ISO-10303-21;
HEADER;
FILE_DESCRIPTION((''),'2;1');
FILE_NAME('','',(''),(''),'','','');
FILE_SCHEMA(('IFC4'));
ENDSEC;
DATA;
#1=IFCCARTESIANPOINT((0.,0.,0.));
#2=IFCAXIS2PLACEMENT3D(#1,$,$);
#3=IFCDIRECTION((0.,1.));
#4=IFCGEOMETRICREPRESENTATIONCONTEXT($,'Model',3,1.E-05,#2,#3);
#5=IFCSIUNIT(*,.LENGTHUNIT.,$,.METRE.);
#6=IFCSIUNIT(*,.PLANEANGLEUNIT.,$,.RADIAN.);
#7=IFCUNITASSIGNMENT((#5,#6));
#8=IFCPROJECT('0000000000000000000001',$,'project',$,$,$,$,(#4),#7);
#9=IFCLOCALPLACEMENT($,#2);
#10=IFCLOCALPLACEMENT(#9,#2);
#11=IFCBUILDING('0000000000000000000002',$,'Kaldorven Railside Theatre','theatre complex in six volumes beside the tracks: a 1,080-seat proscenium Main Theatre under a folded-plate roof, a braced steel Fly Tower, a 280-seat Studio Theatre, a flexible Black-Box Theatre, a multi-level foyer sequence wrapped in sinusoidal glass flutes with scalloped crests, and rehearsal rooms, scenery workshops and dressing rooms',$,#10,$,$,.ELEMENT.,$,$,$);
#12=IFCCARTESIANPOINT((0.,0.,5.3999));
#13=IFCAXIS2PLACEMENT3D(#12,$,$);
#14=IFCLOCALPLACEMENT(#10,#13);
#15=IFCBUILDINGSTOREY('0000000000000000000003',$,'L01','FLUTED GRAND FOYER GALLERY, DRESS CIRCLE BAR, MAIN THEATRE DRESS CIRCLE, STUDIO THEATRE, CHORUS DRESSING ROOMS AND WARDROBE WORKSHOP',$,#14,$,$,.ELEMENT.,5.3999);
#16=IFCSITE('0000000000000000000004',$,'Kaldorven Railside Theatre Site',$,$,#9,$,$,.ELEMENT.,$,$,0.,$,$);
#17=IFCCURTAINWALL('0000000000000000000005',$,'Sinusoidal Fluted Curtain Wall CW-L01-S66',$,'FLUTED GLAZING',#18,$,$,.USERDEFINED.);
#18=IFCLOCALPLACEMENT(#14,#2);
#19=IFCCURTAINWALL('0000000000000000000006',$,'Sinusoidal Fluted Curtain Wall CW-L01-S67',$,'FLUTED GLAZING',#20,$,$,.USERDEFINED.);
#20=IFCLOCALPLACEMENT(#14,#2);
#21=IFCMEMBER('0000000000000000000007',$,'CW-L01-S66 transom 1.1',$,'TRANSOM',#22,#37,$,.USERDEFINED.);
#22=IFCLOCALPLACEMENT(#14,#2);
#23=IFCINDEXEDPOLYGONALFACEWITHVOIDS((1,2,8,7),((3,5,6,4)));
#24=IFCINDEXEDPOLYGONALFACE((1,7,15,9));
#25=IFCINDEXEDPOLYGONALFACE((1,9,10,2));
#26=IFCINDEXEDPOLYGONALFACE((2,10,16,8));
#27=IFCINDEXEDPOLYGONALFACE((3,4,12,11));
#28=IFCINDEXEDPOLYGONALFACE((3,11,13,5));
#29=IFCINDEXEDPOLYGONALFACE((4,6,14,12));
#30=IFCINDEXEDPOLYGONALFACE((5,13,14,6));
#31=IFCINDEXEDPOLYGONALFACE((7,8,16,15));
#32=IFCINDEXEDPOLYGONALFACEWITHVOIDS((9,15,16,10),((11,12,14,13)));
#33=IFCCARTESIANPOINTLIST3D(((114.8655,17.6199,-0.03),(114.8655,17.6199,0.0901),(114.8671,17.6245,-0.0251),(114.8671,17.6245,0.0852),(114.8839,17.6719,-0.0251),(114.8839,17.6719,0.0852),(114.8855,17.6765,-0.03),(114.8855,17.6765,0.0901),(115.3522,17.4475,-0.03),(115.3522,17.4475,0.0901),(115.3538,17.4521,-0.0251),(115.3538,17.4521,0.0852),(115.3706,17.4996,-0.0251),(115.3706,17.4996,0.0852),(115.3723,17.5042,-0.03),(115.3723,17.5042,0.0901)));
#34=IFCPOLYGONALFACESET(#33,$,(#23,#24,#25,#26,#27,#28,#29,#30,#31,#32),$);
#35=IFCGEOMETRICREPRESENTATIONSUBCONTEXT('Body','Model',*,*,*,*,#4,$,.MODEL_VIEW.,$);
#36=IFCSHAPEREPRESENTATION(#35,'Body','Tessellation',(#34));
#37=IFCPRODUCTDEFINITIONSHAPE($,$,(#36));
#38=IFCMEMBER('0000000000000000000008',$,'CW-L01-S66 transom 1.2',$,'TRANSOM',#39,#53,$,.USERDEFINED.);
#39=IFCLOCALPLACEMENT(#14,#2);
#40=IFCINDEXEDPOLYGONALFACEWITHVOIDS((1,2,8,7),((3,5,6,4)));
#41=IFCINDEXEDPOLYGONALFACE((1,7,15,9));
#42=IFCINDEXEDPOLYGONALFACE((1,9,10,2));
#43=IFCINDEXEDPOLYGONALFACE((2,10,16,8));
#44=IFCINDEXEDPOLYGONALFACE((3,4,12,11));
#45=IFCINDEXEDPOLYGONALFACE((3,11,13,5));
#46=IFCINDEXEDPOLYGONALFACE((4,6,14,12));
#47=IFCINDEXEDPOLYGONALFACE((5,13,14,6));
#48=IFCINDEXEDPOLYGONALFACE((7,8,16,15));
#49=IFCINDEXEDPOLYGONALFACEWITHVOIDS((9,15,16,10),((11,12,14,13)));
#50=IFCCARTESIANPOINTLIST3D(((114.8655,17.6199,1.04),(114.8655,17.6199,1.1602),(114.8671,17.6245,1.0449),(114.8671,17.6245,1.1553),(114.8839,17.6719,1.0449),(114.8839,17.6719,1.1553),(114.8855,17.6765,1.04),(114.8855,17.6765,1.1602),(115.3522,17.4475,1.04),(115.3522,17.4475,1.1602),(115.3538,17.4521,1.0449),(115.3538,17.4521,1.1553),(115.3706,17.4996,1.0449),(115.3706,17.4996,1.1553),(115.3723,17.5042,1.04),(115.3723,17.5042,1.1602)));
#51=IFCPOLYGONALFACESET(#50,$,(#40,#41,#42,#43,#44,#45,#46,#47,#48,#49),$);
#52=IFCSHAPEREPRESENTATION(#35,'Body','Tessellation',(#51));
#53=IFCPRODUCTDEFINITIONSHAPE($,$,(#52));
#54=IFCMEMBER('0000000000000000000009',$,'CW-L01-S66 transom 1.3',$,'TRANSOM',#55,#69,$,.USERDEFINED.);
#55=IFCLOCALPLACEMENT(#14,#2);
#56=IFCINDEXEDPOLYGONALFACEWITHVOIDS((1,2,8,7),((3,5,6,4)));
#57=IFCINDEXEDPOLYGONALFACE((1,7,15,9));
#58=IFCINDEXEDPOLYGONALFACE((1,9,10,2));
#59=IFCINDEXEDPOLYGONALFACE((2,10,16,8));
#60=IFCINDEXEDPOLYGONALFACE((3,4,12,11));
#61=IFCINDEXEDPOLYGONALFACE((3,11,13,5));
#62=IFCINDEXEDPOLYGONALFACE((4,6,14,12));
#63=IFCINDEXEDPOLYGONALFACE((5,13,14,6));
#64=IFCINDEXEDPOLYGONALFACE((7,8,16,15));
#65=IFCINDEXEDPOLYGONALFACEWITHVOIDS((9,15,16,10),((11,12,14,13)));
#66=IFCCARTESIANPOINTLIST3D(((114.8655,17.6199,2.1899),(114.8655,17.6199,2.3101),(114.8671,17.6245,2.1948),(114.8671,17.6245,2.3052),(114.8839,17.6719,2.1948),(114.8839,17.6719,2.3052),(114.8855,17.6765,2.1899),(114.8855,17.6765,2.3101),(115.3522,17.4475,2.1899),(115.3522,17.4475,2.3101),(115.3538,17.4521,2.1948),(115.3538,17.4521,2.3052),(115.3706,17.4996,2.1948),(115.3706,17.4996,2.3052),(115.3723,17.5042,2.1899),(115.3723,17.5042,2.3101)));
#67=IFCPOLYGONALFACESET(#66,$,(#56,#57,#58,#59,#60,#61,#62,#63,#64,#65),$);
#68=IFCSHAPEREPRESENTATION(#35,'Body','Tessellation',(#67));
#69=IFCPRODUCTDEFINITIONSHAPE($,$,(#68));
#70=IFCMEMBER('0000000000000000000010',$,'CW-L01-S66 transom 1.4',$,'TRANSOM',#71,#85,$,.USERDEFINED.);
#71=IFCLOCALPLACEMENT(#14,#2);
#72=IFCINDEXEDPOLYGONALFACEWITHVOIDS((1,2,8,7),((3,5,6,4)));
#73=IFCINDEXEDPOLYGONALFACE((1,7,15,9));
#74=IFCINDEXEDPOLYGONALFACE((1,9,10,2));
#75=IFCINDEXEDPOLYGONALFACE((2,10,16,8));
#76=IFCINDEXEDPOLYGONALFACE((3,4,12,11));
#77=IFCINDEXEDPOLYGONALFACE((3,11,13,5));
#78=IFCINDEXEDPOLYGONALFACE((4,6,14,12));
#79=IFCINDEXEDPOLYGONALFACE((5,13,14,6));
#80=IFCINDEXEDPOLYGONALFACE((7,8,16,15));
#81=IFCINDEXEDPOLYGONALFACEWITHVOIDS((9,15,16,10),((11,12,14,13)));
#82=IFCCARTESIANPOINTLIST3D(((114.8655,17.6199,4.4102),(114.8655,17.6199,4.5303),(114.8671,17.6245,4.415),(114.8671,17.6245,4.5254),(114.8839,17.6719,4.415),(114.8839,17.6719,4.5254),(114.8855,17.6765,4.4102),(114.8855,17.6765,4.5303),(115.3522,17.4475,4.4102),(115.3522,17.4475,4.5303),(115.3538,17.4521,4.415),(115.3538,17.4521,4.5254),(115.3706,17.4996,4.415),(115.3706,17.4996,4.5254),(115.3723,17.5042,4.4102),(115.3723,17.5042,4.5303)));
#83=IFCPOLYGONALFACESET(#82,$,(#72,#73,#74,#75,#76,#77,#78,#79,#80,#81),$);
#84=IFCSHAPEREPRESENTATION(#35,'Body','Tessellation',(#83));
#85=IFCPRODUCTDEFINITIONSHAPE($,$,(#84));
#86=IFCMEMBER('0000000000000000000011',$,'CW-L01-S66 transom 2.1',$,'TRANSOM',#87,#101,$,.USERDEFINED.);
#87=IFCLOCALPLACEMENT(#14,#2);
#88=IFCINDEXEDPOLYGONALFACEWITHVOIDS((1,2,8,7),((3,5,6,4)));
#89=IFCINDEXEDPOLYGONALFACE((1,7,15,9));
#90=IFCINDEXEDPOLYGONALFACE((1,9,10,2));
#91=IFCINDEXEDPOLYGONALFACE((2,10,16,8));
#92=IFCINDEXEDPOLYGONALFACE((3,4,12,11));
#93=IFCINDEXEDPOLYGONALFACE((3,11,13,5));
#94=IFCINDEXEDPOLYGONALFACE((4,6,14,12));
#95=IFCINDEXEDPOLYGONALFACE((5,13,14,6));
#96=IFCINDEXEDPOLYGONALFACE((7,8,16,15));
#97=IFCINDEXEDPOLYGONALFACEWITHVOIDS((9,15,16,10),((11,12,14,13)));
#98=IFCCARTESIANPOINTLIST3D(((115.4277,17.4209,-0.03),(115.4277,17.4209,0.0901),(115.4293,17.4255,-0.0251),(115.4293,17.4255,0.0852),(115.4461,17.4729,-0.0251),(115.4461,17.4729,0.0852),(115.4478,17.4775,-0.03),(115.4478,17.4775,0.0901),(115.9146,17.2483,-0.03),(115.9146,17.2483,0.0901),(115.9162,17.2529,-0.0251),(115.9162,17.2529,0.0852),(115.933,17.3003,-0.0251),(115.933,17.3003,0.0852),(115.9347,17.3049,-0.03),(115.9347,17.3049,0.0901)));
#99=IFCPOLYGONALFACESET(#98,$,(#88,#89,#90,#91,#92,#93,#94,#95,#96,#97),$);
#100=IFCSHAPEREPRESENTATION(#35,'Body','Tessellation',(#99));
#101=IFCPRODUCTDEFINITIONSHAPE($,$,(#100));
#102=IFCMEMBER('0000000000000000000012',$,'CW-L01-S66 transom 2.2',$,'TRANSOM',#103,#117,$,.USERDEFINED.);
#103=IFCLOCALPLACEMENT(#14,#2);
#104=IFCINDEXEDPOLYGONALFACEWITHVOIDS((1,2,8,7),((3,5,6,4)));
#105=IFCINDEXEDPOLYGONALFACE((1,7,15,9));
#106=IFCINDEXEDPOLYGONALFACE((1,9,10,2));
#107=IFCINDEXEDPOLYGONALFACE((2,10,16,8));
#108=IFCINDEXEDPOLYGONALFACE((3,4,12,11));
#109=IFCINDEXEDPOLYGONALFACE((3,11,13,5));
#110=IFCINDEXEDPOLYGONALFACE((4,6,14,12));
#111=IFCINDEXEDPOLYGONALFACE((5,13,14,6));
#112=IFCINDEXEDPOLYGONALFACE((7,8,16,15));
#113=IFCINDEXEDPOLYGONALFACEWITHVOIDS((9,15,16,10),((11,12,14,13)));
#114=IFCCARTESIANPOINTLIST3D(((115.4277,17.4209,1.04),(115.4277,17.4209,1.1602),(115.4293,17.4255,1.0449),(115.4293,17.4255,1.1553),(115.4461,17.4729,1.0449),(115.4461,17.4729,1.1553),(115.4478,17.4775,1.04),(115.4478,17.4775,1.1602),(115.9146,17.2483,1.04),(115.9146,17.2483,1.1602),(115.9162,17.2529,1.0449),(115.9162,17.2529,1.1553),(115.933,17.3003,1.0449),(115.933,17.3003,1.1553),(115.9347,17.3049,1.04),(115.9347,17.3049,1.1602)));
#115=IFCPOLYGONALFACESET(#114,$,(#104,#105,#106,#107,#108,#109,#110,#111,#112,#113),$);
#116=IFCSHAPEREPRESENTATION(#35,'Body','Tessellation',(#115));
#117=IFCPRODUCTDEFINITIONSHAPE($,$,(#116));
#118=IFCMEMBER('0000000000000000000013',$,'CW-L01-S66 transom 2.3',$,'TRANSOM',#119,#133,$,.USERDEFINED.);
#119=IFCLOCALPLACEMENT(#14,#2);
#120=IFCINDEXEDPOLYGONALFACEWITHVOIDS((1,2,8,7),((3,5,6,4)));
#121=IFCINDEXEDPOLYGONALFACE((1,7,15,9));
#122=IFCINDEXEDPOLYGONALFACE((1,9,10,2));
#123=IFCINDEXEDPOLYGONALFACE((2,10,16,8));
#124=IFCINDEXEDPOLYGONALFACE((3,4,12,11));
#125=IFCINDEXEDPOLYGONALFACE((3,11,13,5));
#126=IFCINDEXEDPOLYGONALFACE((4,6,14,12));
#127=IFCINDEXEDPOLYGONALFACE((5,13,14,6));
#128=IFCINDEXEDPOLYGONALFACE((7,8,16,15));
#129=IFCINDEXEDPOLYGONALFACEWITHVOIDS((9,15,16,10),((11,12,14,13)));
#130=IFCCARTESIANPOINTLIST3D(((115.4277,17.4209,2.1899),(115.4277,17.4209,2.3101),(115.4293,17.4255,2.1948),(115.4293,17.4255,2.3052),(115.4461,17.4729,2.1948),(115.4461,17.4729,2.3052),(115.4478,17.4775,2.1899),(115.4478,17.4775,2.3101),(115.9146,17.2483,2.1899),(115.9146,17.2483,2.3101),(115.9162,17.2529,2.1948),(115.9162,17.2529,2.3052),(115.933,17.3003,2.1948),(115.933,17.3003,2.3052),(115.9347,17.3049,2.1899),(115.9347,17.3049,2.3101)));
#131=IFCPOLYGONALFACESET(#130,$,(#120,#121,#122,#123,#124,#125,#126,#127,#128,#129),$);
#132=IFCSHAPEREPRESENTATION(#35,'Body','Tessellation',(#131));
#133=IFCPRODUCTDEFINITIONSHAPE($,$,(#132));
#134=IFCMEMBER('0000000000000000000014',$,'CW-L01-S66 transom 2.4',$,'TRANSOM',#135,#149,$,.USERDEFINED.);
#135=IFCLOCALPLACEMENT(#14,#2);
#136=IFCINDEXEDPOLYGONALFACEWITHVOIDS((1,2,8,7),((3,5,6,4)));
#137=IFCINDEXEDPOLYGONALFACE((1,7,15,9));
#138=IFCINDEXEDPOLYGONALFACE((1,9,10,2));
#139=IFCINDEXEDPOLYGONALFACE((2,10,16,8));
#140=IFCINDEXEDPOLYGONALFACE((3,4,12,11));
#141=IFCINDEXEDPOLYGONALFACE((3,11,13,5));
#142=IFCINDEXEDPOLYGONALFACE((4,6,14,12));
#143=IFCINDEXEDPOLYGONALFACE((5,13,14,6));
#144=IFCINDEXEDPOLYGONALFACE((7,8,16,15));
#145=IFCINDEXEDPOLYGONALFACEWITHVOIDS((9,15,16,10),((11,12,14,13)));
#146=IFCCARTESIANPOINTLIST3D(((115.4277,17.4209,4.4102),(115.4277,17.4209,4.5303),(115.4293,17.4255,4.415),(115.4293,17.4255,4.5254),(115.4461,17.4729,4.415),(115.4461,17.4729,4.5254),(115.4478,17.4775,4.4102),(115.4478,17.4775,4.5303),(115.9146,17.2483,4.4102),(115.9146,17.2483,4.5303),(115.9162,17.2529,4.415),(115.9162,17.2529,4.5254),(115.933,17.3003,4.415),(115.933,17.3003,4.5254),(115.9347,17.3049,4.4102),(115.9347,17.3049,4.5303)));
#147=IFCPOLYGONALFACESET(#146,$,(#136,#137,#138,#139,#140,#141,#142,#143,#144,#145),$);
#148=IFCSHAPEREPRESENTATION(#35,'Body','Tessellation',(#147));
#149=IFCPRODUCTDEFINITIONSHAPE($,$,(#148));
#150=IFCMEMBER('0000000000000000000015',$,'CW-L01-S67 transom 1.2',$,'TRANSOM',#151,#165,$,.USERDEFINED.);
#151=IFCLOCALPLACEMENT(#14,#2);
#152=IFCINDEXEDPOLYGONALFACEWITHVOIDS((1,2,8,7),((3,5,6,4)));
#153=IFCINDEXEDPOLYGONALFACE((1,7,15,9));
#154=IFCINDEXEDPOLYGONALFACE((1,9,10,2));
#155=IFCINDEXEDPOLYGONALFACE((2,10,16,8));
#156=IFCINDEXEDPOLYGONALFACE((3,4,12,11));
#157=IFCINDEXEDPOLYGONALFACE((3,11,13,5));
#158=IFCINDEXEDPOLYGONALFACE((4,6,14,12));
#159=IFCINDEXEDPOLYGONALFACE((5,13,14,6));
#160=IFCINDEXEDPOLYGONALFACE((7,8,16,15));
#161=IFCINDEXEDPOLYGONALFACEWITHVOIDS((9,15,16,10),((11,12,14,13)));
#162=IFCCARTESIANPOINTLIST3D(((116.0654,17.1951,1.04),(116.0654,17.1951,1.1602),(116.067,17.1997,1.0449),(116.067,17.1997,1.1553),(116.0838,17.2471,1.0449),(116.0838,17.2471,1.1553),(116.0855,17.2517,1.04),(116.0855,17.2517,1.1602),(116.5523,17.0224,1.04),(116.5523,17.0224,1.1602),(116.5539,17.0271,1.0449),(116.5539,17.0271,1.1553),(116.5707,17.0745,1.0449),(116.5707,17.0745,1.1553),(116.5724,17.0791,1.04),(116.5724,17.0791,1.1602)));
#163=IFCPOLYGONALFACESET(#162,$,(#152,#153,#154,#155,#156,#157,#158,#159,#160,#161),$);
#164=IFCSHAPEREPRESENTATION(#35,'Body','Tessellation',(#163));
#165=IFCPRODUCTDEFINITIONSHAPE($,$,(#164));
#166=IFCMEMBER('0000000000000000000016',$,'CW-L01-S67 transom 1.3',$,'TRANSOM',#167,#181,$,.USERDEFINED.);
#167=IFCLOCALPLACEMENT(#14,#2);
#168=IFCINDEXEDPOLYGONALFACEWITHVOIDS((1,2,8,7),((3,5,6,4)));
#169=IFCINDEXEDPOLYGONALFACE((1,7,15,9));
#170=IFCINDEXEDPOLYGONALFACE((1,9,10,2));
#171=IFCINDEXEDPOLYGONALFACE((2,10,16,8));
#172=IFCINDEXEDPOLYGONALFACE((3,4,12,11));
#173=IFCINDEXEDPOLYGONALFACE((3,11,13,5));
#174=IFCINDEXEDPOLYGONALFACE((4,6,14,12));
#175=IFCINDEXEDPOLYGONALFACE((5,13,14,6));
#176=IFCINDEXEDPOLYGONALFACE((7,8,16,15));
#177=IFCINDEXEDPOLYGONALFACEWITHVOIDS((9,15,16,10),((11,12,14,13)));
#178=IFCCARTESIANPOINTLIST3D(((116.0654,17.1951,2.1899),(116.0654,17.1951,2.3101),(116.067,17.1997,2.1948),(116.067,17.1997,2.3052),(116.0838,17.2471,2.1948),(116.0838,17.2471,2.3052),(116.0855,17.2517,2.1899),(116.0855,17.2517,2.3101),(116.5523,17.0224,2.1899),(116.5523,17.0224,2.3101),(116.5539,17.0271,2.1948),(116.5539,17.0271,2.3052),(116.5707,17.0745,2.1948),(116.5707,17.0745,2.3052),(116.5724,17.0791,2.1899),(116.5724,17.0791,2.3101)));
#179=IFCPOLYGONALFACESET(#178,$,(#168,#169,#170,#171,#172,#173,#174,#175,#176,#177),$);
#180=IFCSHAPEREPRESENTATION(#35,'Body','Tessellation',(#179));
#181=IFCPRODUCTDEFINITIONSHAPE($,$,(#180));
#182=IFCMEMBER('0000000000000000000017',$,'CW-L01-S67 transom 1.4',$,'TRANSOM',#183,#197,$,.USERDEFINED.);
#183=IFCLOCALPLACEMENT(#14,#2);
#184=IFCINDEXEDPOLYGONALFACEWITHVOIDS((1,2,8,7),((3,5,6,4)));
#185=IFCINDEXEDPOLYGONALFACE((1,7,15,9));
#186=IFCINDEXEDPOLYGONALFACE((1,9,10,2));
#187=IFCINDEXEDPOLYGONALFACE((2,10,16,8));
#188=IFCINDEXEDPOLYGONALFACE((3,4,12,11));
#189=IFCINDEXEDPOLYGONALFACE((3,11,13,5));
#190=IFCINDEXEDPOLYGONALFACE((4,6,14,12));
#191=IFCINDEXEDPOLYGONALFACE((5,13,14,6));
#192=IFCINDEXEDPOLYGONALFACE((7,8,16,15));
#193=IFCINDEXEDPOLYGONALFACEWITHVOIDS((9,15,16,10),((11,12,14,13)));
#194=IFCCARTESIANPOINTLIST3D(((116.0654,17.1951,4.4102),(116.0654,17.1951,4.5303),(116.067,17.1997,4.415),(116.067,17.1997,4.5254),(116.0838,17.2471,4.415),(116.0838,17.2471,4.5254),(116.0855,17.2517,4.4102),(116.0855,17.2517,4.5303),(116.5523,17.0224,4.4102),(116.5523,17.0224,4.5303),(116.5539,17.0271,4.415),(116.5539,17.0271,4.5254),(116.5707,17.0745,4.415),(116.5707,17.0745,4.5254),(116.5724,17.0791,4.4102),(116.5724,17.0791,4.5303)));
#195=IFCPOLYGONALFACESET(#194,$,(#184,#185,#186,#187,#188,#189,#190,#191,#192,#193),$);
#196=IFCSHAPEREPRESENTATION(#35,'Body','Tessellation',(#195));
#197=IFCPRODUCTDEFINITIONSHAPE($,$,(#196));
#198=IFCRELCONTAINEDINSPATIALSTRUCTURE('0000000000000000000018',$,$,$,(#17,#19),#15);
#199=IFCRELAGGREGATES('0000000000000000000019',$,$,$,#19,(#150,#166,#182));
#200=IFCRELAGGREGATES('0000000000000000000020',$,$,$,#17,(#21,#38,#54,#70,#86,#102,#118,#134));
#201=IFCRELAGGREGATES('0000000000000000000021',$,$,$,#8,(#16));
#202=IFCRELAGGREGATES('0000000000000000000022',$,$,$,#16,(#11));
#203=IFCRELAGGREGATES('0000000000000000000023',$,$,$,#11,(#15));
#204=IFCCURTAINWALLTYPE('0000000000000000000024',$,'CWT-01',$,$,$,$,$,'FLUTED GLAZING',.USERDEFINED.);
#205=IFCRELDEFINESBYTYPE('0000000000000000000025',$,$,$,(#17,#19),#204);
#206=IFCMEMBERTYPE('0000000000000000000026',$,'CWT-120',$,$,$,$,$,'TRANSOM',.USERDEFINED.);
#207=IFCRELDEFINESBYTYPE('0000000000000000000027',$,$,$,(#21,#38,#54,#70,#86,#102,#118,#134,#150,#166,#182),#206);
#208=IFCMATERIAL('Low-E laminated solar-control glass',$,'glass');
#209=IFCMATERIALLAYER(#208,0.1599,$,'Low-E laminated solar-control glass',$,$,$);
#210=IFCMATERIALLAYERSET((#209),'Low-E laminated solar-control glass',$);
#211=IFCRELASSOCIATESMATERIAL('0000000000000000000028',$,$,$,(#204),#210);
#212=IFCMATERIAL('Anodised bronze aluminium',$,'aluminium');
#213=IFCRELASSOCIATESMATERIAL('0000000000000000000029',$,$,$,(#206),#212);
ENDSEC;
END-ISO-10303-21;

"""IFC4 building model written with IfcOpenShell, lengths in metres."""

from ifc_helpers import new_model, si_unit, direction, frame, origin, origin_2d, place, context, subcontext, project, spatial, hollow_rectangle, extrude, material, layer, layer_set, material_profile, profile_set, type_object, element, aggregate, save


model = new_model("IFC4")

# Units and contexts
model_context = context("Model", 3, precision=1e-05, world=origin(), true_north=direction((0.0, 1.0)))
body_context = subcontext(model_context, "Body", "Model", "MODEL_VIEW")
ifc_project = project(units=[si_unit("LENGTHUNIT", "METRE"), si_unit("PLANEANGLEUNIT", "RADIAN")], contexts=[model_context])

# Site, building, storey
site_placement = place(None, origin())
site = spatial("IfcSite", under=ifc_project, at=site_placement, Name="Kaldorven Railside Theatre Site", CompositionType="ELEMENT", RefElevation=0.0)
building_placement = place(site_placement, origin())
building = spatial("IfcBuilding", under=site, at=building_placement, Name="Kaldorven Railside Theatre", Description="theatre complex in six volumes beside the tracks: a 1,080-seat proscenium Main Theatre under a folded-plate roof, a braced steel Fly Tower, a 280-seat Studio Theatre, a flexible Black-Box Theatre, a multi-level foyer sequence wrapped in sinusoidal glass flutes with scalloped crests, and rehearsal rooms, scenery workshops and dressing rooms", CompositionType="ELEMENT")
storey_placement = place(building_placement, frame((0.0, 0.0, 5.3999)))
storey = spatial("IfcBuildingStorey", under=building, at=storey_placement, Name="L01", Description="FLUTED GRAND FOYER GALLERY, DRESS CIRCLE BAR, MAIN THEATRE DRESS CIRCLE, STUDIO THEATRE, CHORUS DRESSING ROOMS AND WARDROBE WORKSHOP", CompositionType="ELEMENT", Elevation=5.3999)

# Shared definitions
ifc_material_1 = material(Name="Low-E laminated solar-control glass", Category="glass")
ifc_material_2 = material(Name="Anodised bronze aluminium", Category="aluminium")

# Curtain wall
ifc_layer_1 = layer(ifc_material_1, 0.1599, Name="Low-E laminated solar-control glass")
ifc_layer_set_1 = layer_set([ifc_layer_1], Name="Low-E laminated solar-control glass")
curtain_wall_type_1 = type_object("IfcCurtainWallType", Name="CWT-01", ElementType="FLUTED GLAZING", PredefinedType="USERDEFINED", material=ifc_layer_set_1)
curtain_wall_1_placement = place(storey_placement, origin())
curtain_wall_1 = element("IfcCurtainWall", 1, at=curtain_wall_1_placement, inside=storey, type_object=curtain_wall_type_1, Name="Sinusoidal Fluted Curtain Wall CW-L01-S66", ObjectType="FLUTED GLAZING", PredefinedType="USERDEFINED")

# Curtain wall
curtain_wall_2_placement = place(storey_placement, origin())
curtain_wall_2 = element("IfcCurtainWall", 2, at=curtain_wall_2_placement, inside=storey, type_object=curtain_wall_type_1, Name="Sinusoidal Fluted Curtain Wall CW-L01-S67", ObjectType="FLUTED GLAZING", PredefinedType="USERDEFINED")

# Members
ifc_material_profile_1 = material_profile(ifc_material_2, hollow_rectangle(XDim=0.0601, YDim=0.1201, WallThickness=0.0049, at=origin_2d()), Name="RHS 120x60x5")
ifc_profile_set_1 = profile_set([ifc_material_profile_1], Name="Anodised bronze aluminium")
member_type_1 = type_object("IfcMemberType", Name="CWT-120", ElementType="TRANSOM", PredefinedType="USERDEFINED", material=ifc_profile_set_1)
member_1_placement = place(storey_placement, frame((114.8755, 17.6482, 0.03), z_axis=(0.942658, -0.33376, 0.0), x_axis=(0.33376, 0.942658, 0.0)))
member_1 = element("IfcMember", 3, at=member_1_placement, type_object=member_type_1, Name="CW-L01-S66 transom 1.1", ObjectType="TRANSOM", PredefinedType="USERDEFINED", context=body_context, shape_type="SweptSolid", body=[
    extrude(hollow_rectangle(XDim=0.0601, YDim=0.1201, WallThickness=0.0049, at=origin_2d()), origin(), (0.0, 0.0, 1.0), 0.5164),
])
member_2_placement = place(storey_placement, frame((114.8755, 17.6482, 1.1001), z_axis=(0.942658, -0.33376, 0.0), x_axis=(0.33376, 0.942658, 0.0)))
member_2 = element("IfcMember", 4, at=member_2_placement, type_object=member_type_1, Name="CW-L01-S66 transom 1.2", ObjectType="TRANSOM", PredefinedType="USERDEFINED", context=body_context, shape_type="SweptSolid", body=[
    extrude(hollow_rectangle(XDim=0.0601, YDim=0.1201, WallThickness=0.0049, at=origin_2d()), origin(), (0.0, 0.0, 1.0), 0.5164),
])
member_3_placement = place(storey_placement, frame((114.8755, 17.6482, 2.25), z_axis=(0.942658, -0.33376, 0.0), x_axis=(0.33376, 0.942658, 0.0)))
member_3 = element("IfcMember", 5, at=member_3_placement, type_object=member_type_1, Name="CW-L01-S66 transom 1.3", ObjectType="TRANSOM", PredefinedType="USERDEFINED", context=body_context, shape_type="SweptSolid", body=[
    extrude(hollow_rectangle(XDim=0.0601, YDim=0.1201, WallThickness=0.0049, at=origin_2d()), origin(), (0.0, 0.0, 1.0), 0.5164),
])
member_4_placement = place(storey_placement, frame((114.8755, 17.6482, 4.4702), z_axis=(0.942658, -0.33376, 0.0), x_axis=(0.33376, 0.942658, 0.0)))
member_4 = element("IfcMember", 6, at=member_4_placement, type_object=member_type_1, Name="CW-L01-S66 transom 1.4", ObjectType="TRANSOM", PredefinedType="USERDEFINED", context=body_context, shape_type="SweptSolid", body=[
    extrude(hollow_rectangle(XDim=0.0601, YDim=0.1201, WallThickness=0.0049, at=origin_2d()), origin(), (0.0, 0.0, 1.0), 0.5164),
])
member_5_placement = place(storey_placement, frame((115.4377, 17.4492, 0.03), z_axis=(0.942509, -0.33418, 0.0), x_axis=(0.33418, 0.942509, 0.0)))
member_5 = element("IfcMember", 7, at=member_5_placement, type_object=member_type_1, Name="CW-L01-S66 transom 2.1", ObjectType="TRANSOM", PredefinedType="USERDEFINED", context=body_context, shape_type="SweptSolid", body=[
    extrude(hollow_rectangle(XDim=0.0601, YDim=0.1201, WallThickness=0.0049, at=origin_2d()), origin(), (0.0, 0.0, 1.0), 0.5166),
])
member_6_placement = place(storey_placement, frame((115.4377, 17.4492, 1.1001), z_axis=(0.942509, -0.33418, 0.0), x_axis=(0.33418, 0.942509, 0.0)))
member_6 = element("IfcMember", 8, at=member_6_placement, type_object=member_type_1, Name="CW-L01-S66 transom 2.2", ObjectType="TRANSOM", PredefinedType="USERDEFINED", context=body_context, shape_type="SweptSolid", body=[
    extrude(hollow_rectangle(XDim=0.0601, YDim=0.1201, WallThickness=0.0049, at=origin_2d()), origin(), (0.0, 0.0, 1.0), 0.5166),
])
member_7_placement = place(storey_placement, frame((115.4377, 17.4492, 2.25), z_axis=(0.942509, -0.33418, 0.0), x_axis=(0.33418, 0.942509, 0.0)))
member_7 = element("IfcMember", 9, at=member_7_placement, type_object=member_type_1, Name="CW-L01-S66 transom 2.3", ObjectType="TRANSOM", PredefinedType="USERDEFINED", context=body_context, shape_type="SweptSolid", body=[
    extrude(hollow_rectangle(XDim=0.0601, YDim=0.1201, WallThickness=0.0049, at=origin_2d()), origin(), (0.0, 0.0, 1.0), 0.5166),
])
member_8_placement = place(storey_placement, frame((115.4377, 17.4492, 4.4702), z_axis=(0.942509, -0.33418, 0.0), x_axis=(0.33418, 0.942509, 0.0)))
member_8 = element("IfcMember", 10, at=member_8_placement, type_object=member_type_1, Name="CW-L01-S66 transom 2.4", ObjectType="TRANSOM", PredefinedType="USERDEFINED", context=body_context, shape_type="SweptSolid", body=[
    extrude(hollow_rectangle(XDim=0.0601, YDim=0.1201, WallThickness=0.0049, at=origin_2d()), origin(), (0.0, 0.0, 1.0), 0.5166),
])
member_9_placement = place(storey_placement, frame((116.0754, 17.2234, 1.1001), z_axis=(0.942509, -0.33418, 0.0), x_axis=(0.33418, 0.942509, 0.0)))
member_9 = element("IfcMember", 11, at=member_9_placement, type_object=member_type_1, Name="CW-L01-S67 transom 1.2", ObjectType="TRANSOM", PredefinedType="USERDEFINED", context=body_context, shape_type="SweptSolid", body=[
    extrude(hollow_rectangle(XDim=0.0601, YDim=0.1201, WallThickness=0.0049, at=origin_2d()), origin(), (0.0, 0.0, 1.0), 0.5166),
])
member_10_placement = place(storey_placement, frame((116.0754, 17.2234, 2.25), z_axis=(0.942509, -0.33418, 0.0), x_axis=(0.33418, 0.942509, 0.0)))
member_10 = element("IfcMember", 12, at=member_10_placement, type_object=member_type_1, Name="CW-L01-S67 transom 1.3", ObjectType="TRANSOM", PredefinedType="USERDEFINED", context=body_context, shape_type="SweptSolid", body=[
    extrude(hollow_rectangle(XDim=0.0601, YDim=0.1201, WallThickness=0.0049, at=origin_2d()), origin(), (0.0, 0.0, 1.0), 0.5166),
])
member_11_placement = place(storey_placement, frame((116.0754, 17.2234, 4.4702), z_axis=(0.942509, -0.33418, 0.0), x_axis=(0.33418, 0.942509, 0.0)))
member_11 = element("IfcMember", 13, at=member_11_placement, type_object=member_type_1, Name="CW-L01-S67 transom 1.4", ObjectType="TRANSOM", PredefinedType="USERDEFINED", context=body_context, shape_type="SweptSolid", body=[
    extrude(hollow_rectangle(XDim=0.0601, YDim=0.1201, WallThickness=0.0049, at=origin_2d()), origin(), (0.0, 0.0, 1.0), 0.5166),
])
aggregate(curtain_wall_2, [member_9, member_10, member_11])

aggregate(curtain_wall_1, [member_1, member_2, member_3, member_4, member_5, member_6, member_7, member_8])

save(model, "model.ifc")
